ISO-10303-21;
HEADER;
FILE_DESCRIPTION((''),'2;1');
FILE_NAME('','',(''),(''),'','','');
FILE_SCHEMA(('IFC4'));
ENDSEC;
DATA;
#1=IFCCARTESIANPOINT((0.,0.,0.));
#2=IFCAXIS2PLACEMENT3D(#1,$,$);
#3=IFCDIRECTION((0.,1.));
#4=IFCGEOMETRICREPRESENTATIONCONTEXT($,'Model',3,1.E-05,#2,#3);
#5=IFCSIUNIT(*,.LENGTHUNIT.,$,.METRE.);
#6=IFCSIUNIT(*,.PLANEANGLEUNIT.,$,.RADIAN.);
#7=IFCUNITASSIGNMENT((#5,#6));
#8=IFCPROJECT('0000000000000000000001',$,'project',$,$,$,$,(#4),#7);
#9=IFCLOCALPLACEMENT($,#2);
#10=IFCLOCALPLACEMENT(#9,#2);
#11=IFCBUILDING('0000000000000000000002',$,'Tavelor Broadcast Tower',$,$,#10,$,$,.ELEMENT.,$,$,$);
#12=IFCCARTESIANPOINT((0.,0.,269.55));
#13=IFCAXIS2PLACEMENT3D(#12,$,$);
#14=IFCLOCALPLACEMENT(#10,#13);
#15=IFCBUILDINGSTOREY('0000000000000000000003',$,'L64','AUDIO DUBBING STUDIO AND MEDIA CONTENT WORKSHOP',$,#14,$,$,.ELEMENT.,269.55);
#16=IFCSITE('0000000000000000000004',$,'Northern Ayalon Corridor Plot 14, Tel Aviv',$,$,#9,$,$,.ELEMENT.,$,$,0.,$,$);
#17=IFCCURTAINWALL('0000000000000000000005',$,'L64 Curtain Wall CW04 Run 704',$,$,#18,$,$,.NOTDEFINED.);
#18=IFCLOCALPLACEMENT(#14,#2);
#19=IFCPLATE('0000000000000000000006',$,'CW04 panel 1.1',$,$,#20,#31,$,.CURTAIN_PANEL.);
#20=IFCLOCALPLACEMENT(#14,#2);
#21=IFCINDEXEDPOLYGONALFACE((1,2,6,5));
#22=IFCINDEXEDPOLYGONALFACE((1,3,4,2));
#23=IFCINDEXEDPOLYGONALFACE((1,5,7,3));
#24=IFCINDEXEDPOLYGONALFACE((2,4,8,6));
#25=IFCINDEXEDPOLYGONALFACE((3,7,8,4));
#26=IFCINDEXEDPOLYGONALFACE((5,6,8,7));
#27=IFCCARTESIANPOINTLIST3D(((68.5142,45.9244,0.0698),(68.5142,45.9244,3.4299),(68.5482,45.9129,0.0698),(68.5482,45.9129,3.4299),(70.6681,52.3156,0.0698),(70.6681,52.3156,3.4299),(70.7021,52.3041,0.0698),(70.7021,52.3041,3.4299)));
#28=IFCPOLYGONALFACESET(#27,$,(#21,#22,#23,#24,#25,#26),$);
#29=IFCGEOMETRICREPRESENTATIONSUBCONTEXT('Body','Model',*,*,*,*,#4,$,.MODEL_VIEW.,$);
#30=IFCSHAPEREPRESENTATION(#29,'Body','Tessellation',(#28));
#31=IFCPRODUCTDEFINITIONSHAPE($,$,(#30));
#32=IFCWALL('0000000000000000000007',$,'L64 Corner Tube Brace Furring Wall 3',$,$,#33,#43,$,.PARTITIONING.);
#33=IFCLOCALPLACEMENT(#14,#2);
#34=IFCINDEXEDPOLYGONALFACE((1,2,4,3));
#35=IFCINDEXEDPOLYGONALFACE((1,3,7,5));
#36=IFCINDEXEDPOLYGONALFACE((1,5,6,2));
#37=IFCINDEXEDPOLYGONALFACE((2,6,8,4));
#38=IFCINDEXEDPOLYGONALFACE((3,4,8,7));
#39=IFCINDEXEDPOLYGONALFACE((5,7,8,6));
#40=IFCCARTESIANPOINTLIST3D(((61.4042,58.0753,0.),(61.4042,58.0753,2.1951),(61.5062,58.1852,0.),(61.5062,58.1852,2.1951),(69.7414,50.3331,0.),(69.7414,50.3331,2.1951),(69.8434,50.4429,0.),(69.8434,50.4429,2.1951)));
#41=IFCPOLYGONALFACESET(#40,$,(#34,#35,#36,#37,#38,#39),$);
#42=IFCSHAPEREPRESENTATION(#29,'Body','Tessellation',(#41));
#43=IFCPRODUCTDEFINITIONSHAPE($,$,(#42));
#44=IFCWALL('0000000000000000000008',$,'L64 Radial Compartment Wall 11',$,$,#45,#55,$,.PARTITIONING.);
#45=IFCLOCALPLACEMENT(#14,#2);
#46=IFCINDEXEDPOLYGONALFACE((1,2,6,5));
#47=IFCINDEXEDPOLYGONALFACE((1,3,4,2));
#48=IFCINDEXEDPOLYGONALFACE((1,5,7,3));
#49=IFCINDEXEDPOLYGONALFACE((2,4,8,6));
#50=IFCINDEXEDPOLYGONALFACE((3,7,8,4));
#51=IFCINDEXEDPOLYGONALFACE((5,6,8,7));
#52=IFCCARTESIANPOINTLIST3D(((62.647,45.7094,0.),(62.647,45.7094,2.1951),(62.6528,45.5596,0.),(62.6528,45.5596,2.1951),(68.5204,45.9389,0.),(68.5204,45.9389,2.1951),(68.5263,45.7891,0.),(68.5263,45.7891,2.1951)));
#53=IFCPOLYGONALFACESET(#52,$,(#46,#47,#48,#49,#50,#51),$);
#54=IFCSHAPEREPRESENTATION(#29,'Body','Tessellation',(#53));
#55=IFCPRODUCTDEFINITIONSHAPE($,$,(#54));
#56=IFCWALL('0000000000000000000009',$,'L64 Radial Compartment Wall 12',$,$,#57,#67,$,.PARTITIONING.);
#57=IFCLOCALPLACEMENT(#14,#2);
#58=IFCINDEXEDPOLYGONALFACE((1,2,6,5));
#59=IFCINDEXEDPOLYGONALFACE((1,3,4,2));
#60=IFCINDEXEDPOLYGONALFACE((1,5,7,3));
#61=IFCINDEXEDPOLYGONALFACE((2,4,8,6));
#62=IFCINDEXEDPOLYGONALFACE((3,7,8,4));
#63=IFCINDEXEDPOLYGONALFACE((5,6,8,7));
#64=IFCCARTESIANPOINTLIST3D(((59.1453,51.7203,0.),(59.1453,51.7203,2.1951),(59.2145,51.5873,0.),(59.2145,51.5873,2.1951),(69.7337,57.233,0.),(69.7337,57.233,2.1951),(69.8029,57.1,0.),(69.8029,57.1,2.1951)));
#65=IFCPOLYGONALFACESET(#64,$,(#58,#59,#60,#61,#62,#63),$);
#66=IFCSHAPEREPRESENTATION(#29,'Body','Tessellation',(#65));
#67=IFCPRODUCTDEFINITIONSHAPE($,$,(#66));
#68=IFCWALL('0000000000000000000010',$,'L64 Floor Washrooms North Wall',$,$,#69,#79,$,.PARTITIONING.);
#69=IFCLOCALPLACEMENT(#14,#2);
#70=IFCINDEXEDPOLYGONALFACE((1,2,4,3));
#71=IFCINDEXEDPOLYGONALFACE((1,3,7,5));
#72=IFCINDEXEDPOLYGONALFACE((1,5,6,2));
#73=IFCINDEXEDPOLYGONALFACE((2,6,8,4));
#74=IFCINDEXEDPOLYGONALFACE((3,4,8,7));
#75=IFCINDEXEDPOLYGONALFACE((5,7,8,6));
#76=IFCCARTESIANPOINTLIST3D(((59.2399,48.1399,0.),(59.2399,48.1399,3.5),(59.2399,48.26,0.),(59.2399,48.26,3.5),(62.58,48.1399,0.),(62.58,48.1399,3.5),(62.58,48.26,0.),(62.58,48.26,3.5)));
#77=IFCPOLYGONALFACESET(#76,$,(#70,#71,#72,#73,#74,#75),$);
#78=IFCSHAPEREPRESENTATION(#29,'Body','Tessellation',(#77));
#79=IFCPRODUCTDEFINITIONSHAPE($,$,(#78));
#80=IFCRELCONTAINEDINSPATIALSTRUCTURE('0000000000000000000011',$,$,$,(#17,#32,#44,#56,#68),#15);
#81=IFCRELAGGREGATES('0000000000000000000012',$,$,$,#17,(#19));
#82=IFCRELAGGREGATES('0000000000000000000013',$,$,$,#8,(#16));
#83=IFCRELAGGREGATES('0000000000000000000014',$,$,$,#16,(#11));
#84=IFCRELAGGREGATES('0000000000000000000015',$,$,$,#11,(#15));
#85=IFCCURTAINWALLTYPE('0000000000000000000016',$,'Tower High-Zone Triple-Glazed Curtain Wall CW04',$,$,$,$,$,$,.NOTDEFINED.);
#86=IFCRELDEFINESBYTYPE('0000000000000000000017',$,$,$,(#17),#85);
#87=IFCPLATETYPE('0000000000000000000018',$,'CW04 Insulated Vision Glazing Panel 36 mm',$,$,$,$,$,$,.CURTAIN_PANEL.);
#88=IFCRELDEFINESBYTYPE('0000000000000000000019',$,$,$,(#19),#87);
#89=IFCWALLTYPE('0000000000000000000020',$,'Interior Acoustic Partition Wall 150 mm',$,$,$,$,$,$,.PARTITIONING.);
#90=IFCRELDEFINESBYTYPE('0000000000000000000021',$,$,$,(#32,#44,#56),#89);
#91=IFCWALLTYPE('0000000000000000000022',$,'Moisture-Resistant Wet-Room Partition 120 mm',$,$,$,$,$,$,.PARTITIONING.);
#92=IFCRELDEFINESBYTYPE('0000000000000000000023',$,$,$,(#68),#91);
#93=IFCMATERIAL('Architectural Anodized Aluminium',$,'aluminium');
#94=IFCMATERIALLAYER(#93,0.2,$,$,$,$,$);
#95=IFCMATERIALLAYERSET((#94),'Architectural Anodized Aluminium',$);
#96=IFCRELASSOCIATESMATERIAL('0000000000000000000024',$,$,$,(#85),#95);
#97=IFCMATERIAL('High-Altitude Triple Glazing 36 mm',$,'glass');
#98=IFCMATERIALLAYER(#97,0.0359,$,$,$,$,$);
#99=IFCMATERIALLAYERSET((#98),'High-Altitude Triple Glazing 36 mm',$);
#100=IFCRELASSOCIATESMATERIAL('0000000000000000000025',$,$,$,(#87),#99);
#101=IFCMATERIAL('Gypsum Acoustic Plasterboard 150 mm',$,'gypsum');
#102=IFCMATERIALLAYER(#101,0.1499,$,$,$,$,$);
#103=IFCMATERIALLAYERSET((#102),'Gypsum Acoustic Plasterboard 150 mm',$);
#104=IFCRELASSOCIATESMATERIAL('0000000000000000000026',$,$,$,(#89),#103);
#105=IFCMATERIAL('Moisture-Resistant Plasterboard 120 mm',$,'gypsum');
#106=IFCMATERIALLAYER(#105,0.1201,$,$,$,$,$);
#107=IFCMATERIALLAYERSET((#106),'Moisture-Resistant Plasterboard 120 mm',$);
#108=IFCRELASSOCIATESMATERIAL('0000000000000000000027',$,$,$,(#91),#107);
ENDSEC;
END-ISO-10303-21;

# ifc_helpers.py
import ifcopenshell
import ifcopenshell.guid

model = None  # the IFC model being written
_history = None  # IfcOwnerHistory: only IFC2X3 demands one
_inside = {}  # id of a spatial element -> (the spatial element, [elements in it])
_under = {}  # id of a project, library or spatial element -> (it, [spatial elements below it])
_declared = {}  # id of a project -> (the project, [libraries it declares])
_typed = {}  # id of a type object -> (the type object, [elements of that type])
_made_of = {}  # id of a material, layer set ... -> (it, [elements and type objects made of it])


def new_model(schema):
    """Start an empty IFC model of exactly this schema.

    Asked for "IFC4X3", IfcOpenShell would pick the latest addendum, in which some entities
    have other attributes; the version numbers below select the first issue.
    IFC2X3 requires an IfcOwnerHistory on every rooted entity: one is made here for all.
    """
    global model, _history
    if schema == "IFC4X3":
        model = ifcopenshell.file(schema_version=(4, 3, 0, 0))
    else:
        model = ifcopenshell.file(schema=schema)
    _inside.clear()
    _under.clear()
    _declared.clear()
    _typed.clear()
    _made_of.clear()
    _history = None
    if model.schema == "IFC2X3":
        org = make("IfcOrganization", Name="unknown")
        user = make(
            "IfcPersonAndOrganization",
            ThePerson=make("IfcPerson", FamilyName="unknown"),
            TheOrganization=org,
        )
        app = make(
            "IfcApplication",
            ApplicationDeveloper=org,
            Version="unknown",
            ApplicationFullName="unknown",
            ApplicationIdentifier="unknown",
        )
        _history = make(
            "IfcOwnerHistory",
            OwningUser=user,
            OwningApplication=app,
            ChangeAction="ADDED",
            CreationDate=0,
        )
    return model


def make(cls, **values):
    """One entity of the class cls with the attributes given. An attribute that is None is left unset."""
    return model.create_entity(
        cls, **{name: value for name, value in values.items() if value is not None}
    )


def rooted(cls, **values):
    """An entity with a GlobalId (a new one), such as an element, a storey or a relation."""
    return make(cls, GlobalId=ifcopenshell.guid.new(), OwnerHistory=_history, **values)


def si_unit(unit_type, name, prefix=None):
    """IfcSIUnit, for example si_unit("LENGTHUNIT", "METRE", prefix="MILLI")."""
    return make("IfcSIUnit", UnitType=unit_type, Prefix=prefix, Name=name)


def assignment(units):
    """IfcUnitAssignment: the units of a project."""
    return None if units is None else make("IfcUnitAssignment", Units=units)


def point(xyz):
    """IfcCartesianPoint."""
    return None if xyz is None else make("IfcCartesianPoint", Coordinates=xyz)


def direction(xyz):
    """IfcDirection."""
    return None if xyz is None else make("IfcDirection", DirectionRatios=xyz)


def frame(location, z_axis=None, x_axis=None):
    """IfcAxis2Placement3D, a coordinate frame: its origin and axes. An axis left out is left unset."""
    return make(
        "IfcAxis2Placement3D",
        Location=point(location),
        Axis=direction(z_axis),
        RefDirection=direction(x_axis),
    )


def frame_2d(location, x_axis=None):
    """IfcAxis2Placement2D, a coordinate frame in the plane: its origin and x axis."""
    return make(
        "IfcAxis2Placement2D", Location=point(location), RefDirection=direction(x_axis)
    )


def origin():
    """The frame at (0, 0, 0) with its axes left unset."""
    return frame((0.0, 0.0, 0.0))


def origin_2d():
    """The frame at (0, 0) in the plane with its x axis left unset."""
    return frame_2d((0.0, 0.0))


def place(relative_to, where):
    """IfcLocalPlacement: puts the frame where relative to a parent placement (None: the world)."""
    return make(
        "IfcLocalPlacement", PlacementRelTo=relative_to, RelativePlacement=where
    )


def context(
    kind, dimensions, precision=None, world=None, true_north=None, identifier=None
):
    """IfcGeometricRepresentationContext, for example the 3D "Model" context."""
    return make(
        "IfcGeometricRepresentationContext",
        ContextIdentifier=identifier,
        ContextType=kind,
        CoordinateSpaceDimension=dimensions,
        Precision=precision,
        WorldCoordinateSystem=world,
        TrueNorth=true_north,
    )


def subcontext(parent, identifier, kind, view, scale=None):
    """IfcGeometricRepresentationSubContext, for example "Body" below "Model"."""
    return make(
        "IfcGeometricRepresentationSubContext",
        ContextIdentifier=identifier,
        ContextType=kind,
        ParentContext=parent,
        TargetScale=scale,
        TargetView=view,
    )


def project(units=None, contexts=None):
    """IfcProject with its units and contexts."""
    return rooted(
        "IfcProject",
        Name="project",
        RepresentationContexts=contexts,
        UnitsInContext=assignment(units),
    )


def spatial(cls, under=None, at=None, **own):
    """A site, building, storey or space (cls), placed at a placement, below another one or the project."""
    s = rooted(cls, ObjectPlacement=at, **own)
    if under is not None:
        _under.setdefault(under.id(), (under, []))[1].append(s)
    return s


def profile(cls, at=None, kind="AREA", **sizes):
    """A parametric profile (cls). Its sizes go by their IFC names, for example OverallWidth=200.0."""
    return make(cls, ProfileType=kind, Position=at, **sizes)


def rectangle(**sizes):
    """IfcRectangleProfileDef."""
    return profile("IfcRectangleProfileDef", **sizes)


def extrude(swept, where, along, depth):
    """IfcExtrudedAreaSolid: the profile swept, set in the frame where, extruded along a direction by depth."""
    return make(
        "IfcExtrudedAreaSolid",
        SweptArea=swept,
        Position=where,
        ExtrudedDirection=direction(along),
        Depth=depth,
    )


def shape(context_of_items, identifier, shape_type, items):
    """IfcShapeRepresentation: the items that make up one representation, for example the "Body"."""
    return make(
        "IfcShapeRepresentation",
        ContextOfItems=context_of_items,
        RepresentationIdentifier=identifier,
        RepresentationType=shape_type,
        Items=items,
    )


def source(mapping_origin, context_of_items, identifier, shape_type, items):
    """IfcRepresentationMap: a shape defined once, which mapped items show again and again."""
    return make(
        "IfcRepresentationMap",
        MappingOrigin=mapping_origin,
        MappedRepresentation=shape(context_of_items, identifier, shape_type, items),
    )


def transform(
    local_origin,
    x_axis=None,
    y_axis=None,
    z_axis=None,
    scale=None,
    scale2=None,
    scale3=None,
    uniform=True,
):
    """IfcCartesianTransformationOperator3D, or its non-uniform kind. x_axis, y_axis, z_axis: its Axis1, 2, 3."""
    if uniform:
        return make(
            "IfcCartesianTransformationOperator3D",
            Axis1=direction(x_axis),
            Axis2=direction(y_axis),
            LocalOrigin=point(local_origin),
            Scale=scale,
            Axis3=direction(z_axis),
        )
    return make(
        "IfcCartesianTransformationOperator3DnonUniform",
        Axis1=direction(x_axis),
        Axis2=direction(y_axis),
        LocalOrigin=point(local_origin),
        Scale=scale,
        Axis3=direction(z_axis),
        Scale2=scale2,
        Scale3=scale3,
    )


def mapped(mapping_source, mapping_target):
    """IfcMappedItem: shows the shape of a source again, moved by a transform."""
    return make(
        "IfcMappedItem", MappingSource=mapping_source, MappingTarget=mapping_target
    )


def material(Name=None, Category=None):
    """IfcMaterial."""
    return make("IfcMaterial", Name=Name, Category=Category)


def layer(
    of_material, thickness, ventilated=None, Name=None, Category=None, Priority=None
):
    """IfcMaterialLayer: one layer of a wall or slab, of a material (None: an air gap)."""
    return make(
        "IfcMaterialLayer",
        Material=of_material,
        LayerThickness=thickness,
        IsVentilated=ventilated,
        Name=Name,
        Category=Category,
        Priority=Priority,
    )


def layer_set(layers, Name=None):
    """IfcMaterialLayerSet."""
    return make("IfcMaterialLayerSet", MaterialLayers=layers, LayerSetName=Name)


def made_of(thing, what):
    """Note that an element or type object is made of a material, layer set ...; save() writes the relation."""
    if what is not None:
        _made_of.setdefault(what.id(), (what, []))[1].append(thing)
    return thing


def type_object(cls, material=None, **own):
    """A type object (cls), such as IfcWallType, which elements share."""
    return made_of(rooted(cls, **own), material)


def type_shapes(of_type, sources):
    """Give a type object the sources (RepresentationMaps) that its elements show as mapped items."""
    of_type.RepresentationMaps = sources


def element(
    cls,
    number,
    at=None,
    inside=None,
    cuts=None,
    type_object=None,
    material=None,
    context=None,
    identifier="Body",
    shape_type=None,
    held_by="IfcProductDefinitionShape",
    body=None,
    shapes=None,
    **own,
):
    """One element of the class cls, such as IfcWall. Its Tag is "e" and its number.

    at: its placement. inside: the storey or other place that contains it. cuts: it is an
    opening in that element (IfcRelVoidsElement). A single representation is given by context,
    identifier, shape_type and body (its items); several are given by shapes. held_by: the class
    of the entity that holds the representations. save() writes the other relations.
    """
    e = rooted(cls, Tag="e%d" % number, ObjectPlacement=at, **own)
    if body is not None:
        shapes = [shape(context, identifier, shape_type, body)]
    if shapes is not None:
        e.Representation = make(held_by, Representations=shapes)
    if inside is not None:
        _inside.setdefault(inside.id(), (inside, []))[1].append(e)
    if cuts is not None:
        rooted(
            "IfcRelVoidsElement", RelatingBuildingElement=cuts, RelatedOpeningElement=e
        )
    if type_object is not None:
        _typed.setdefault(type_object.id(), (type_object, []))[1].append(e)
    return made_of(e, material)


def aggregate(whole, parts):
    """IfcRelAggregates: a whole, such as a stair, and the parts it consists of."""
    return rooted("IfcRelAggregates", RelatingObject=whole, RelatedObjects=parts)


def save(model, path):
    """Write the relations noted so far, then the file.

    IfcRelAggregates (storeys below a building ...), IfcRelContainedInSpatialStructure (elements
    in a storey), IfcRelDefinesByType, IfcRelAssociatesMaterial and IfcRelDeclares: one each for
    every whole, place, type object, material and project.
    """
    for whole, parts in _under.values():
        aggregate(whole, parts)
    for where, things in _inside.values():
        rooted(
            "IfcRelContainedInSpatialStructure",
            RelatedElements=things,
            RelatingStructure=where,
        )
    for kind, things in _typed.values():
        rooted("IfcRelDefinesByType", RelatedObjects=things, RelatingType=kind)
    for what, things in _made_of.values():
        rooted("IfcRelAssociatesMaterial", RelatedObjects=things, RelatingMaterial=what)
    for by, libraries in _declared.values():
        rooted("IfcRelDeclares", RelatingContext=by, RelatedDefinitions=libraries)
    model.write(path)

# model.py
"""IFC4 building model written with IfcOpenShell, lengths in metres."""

from ifc_helpers import new_model, si_unit, direction, frame, frame_2d, origin, origin_2d, place, context, subcontext, project, spatial, rectangle, extrude, source, transform, mapped, material, layer, layer_set, type_object, type_shapes, element, aggregate, save


model = new_model("IFC4")

# Units and contexts
model_context = context("Model", 3, precision=1e-05, world=origin(), true_north=direction((0.0, 1.0)))
body_context = subcontext(model_context, "Body", "Model", "MODEL_VIEW")
ifc_project = project(units=[si_unit("LENGTHUNIT", "METRE"), si_unit("PLANEANGLEUNIT", "RADIAN")], contexts=[model_context])

# Site, building, storey
site_placement = place(None, origin())
site = spatial("IfcSite", under=ifc_project, at=site_placement, Name="Northern Ayalon Corridor Plot 14, Tel Aviv", CompositionType="ELEMENT", RefElevation=0.0)
building_placement = place(site_placement, origin())
building = spatial("IfcBuilding", under=site, at=building_placement, Name="Tavelor Broadcast Tower", CompositionType="ELEMENT")
storey_placement = place(building_placement, frame((0.0, 0.0, 269.55)))
storey = spatial("IfcBuildingStorey", under=building, at=storey_placement, Name="L64", Description="AUDIO DUBBING STUDIO AND MEDIA CONTENT WORKSHOP", CompositionType="ELEMENT", Elevation=269.55)

# Shared definitions
ifc_material_1 = material(Name="Architectural Anodized Aluminium", Category="aluminium")
ifc_layer_1 = layer(ifc_material_1, 0.2)
ifc_layer_set_1 = layer_set([ifc_layer_1], Name="Architectural Anodized Aluminium")
curtain_wall_type = type_object("IfcCurtainWallType", Name="Tower High-Zone Triple-Glazed Curtain Wall CW04", PredefinedType="NOTDEFINED", material=ifc_layer_set_1)

# Curtain wall
curtain_wall_1_placement = place(storey_placement, origin())
curtain_wall_1 = element("IfcCurtainWall", 1, at=curtain_wall_1_placement, inside=storey, type_object=curtain_wall_type, Name="L64 Curtain Wall CW04 Run 704", PredefinedType="NOTDEFINED")

# Plate
ifc_material_2 = material(Name="High-Altitude Triple Glazing 36 mm", Category="glass")
ifc_layer_2 = layer(ifc_material_2, 0.0359)
ifc_layer_set_2 = layer_set([ifc_layer_2], Name="High-Altitude Triple Glazing 36 mm")
plate_type_1 = type_object("IfcPlateType", Name="CW04 Insulated Vision Glazing Panel 36 mm", PredefinedType="CURTAIN_PANEL", material=ifc_layer_set_2)
shared_shape_1 = source(origin(), body_context, "Body", "SweptSolid", [
    extrude(rectangle(XDim=6.7444, YDim=0.0359, at=origin_2d()), origin(), (0.0, 0.0, 1.0), 3.3601),
])
type_shapes(plate_type_1, [shared_shape_1])
plate_1_placement = place(storey_placement, frame((69.6082, 49.1143, 0.0698), z_axis=(0.0, 0.0, 1.0), x_axis=(0.319355, 0.947635, 0.0)))
plate_1 = element("IfcPlate", 2, at=plate_1_placement, type_object=plate_type_1, Name="CW04 panel 1.1", PredefinedType="CURTAIN_PANEL", context=body_context, shape_type="MappedRepresentation", body=[
    mapped(shared_shape_1, transform((0.0, 0.0, 0.0), scale=1.0)),
])
aggregate(curtain_wall_1, [plate_1])

# Walls
ifc_material_3 = material(Name="Gypsum Acoustic Plasterboard 150 mm", Category="gypsum")
ifc_layer_3 = layer(ifc_material_3, 0.1499)
ifc_layer_set_3 = layer_set([ifc_layer_3], Name="Gypsum Acoustic Plasterboard 150 mm")
wall_type_1 = type_object("IfcWallType", Name="Interior Acoustic Partition Wall 150 mm", PredefinedType="PARTITIONING", material=ifc_layer_set_3)
wall_1_placement = place(storey_placement, frame((69.7925, 50.3879, 0.0), z_axis=(0.0, 0.0, 1.0), x_axis=(-0.73277, 0.680477, 0.0)))
element("IfcWall", 3, at=wall_1_placement, inside=storey, type_object=wall_type_1, Name="L64 Corner Tube Brace Furring Wall 3", PredefinedType="PARTITIONING", context=body_context, shape_type="SweptSolid", body=[
    extrude(rectangle(XDim=11.3777, YDim=0.1499, at=frame_2d((5.689, 0.0))), origin(), (0.0, 0.0, 1.0), 2.1951),
])
wall_2_placement = place(storey_placement, frame((62.6499, 45.6345, 0.0), z_axis=(0.0, 0.0, 1.0), x_axis=(0.999238, 0.039042, 0.0)))
element("IfcWall", 4, at=wall_2_placement, inside=storey, type_object=wall_type_1, Name="L64 Radial Compartment Wall 11", PredefinedType="PARTITIONING", context=body_context, shape_type="SweptSolid", body=[
    extrude(rectangle(XDim=5.8779, YDim=0.1499, at=frame_2d((2.939, 0.0))), origin(), (0.0, 0.0, 1.0), 2.1951),
])
wall_3_placement = place(storey_placement, frame((59.1799, 51.6538, 0.0), z_axis=(0.0, 0.0, 1.0), x_axis=(0.886986, 0.461797, 0.0)))
element("IfcWall", 5, at=wall_3_placement, inside=storey, type_object=wall_type_1, Name="L64 Radial Compartment Wall 12", PredefinedType="PARTITIONING", context=body_context, shape_type="SweptSolid", body=[
    extrude(rectangle(XDim=11.9375, YDim=0.1499, at=frame_2d((5.9688, 0.0))), origin(), (0.0, 0.0, 1.0), 2.1951),
])
ifc_material_4 = material(Name="Moisture-Resistant Plasterboard 120 mm", Category="gypsum")
ifc_layer_4 = layer(ifc_material_4, 0.1201)
ifc_layer_set_4 = layer_set([ifc_layer_4], Name="Moisture-Resistant Plasterboard 120 mm")
wall_type_2 = type_object("IfcWallType", Name="Moisture-Resistant Wet-Room Partition 120 mm", PredefinedType="PARTITIONING", material=ifc_layer_set_4)
wall_4_placement = place(storey_placement, frame((59.24, 48.2, 0.0), z_axis=(0.0, 0.0, 1.0), x_axis=(1.0, 0.0, 0.0)))
element("IfcWall", 6, at=wall_4_placement, inside=storey, type_object=wall_type_2, Name="L64 Floor Washrooms North Wall", PredefinedType="PARTITIONING", context=body_context, shape_type="SweptSolid", body=[
    extrude(rectangle(XDim=3.3401, YDim=0.1201, at=frame_2d((1.6699, 0.0))), origin(), (0.0, 0.0, 1.0), 3.5),
])

save(model, "model.ifc")
